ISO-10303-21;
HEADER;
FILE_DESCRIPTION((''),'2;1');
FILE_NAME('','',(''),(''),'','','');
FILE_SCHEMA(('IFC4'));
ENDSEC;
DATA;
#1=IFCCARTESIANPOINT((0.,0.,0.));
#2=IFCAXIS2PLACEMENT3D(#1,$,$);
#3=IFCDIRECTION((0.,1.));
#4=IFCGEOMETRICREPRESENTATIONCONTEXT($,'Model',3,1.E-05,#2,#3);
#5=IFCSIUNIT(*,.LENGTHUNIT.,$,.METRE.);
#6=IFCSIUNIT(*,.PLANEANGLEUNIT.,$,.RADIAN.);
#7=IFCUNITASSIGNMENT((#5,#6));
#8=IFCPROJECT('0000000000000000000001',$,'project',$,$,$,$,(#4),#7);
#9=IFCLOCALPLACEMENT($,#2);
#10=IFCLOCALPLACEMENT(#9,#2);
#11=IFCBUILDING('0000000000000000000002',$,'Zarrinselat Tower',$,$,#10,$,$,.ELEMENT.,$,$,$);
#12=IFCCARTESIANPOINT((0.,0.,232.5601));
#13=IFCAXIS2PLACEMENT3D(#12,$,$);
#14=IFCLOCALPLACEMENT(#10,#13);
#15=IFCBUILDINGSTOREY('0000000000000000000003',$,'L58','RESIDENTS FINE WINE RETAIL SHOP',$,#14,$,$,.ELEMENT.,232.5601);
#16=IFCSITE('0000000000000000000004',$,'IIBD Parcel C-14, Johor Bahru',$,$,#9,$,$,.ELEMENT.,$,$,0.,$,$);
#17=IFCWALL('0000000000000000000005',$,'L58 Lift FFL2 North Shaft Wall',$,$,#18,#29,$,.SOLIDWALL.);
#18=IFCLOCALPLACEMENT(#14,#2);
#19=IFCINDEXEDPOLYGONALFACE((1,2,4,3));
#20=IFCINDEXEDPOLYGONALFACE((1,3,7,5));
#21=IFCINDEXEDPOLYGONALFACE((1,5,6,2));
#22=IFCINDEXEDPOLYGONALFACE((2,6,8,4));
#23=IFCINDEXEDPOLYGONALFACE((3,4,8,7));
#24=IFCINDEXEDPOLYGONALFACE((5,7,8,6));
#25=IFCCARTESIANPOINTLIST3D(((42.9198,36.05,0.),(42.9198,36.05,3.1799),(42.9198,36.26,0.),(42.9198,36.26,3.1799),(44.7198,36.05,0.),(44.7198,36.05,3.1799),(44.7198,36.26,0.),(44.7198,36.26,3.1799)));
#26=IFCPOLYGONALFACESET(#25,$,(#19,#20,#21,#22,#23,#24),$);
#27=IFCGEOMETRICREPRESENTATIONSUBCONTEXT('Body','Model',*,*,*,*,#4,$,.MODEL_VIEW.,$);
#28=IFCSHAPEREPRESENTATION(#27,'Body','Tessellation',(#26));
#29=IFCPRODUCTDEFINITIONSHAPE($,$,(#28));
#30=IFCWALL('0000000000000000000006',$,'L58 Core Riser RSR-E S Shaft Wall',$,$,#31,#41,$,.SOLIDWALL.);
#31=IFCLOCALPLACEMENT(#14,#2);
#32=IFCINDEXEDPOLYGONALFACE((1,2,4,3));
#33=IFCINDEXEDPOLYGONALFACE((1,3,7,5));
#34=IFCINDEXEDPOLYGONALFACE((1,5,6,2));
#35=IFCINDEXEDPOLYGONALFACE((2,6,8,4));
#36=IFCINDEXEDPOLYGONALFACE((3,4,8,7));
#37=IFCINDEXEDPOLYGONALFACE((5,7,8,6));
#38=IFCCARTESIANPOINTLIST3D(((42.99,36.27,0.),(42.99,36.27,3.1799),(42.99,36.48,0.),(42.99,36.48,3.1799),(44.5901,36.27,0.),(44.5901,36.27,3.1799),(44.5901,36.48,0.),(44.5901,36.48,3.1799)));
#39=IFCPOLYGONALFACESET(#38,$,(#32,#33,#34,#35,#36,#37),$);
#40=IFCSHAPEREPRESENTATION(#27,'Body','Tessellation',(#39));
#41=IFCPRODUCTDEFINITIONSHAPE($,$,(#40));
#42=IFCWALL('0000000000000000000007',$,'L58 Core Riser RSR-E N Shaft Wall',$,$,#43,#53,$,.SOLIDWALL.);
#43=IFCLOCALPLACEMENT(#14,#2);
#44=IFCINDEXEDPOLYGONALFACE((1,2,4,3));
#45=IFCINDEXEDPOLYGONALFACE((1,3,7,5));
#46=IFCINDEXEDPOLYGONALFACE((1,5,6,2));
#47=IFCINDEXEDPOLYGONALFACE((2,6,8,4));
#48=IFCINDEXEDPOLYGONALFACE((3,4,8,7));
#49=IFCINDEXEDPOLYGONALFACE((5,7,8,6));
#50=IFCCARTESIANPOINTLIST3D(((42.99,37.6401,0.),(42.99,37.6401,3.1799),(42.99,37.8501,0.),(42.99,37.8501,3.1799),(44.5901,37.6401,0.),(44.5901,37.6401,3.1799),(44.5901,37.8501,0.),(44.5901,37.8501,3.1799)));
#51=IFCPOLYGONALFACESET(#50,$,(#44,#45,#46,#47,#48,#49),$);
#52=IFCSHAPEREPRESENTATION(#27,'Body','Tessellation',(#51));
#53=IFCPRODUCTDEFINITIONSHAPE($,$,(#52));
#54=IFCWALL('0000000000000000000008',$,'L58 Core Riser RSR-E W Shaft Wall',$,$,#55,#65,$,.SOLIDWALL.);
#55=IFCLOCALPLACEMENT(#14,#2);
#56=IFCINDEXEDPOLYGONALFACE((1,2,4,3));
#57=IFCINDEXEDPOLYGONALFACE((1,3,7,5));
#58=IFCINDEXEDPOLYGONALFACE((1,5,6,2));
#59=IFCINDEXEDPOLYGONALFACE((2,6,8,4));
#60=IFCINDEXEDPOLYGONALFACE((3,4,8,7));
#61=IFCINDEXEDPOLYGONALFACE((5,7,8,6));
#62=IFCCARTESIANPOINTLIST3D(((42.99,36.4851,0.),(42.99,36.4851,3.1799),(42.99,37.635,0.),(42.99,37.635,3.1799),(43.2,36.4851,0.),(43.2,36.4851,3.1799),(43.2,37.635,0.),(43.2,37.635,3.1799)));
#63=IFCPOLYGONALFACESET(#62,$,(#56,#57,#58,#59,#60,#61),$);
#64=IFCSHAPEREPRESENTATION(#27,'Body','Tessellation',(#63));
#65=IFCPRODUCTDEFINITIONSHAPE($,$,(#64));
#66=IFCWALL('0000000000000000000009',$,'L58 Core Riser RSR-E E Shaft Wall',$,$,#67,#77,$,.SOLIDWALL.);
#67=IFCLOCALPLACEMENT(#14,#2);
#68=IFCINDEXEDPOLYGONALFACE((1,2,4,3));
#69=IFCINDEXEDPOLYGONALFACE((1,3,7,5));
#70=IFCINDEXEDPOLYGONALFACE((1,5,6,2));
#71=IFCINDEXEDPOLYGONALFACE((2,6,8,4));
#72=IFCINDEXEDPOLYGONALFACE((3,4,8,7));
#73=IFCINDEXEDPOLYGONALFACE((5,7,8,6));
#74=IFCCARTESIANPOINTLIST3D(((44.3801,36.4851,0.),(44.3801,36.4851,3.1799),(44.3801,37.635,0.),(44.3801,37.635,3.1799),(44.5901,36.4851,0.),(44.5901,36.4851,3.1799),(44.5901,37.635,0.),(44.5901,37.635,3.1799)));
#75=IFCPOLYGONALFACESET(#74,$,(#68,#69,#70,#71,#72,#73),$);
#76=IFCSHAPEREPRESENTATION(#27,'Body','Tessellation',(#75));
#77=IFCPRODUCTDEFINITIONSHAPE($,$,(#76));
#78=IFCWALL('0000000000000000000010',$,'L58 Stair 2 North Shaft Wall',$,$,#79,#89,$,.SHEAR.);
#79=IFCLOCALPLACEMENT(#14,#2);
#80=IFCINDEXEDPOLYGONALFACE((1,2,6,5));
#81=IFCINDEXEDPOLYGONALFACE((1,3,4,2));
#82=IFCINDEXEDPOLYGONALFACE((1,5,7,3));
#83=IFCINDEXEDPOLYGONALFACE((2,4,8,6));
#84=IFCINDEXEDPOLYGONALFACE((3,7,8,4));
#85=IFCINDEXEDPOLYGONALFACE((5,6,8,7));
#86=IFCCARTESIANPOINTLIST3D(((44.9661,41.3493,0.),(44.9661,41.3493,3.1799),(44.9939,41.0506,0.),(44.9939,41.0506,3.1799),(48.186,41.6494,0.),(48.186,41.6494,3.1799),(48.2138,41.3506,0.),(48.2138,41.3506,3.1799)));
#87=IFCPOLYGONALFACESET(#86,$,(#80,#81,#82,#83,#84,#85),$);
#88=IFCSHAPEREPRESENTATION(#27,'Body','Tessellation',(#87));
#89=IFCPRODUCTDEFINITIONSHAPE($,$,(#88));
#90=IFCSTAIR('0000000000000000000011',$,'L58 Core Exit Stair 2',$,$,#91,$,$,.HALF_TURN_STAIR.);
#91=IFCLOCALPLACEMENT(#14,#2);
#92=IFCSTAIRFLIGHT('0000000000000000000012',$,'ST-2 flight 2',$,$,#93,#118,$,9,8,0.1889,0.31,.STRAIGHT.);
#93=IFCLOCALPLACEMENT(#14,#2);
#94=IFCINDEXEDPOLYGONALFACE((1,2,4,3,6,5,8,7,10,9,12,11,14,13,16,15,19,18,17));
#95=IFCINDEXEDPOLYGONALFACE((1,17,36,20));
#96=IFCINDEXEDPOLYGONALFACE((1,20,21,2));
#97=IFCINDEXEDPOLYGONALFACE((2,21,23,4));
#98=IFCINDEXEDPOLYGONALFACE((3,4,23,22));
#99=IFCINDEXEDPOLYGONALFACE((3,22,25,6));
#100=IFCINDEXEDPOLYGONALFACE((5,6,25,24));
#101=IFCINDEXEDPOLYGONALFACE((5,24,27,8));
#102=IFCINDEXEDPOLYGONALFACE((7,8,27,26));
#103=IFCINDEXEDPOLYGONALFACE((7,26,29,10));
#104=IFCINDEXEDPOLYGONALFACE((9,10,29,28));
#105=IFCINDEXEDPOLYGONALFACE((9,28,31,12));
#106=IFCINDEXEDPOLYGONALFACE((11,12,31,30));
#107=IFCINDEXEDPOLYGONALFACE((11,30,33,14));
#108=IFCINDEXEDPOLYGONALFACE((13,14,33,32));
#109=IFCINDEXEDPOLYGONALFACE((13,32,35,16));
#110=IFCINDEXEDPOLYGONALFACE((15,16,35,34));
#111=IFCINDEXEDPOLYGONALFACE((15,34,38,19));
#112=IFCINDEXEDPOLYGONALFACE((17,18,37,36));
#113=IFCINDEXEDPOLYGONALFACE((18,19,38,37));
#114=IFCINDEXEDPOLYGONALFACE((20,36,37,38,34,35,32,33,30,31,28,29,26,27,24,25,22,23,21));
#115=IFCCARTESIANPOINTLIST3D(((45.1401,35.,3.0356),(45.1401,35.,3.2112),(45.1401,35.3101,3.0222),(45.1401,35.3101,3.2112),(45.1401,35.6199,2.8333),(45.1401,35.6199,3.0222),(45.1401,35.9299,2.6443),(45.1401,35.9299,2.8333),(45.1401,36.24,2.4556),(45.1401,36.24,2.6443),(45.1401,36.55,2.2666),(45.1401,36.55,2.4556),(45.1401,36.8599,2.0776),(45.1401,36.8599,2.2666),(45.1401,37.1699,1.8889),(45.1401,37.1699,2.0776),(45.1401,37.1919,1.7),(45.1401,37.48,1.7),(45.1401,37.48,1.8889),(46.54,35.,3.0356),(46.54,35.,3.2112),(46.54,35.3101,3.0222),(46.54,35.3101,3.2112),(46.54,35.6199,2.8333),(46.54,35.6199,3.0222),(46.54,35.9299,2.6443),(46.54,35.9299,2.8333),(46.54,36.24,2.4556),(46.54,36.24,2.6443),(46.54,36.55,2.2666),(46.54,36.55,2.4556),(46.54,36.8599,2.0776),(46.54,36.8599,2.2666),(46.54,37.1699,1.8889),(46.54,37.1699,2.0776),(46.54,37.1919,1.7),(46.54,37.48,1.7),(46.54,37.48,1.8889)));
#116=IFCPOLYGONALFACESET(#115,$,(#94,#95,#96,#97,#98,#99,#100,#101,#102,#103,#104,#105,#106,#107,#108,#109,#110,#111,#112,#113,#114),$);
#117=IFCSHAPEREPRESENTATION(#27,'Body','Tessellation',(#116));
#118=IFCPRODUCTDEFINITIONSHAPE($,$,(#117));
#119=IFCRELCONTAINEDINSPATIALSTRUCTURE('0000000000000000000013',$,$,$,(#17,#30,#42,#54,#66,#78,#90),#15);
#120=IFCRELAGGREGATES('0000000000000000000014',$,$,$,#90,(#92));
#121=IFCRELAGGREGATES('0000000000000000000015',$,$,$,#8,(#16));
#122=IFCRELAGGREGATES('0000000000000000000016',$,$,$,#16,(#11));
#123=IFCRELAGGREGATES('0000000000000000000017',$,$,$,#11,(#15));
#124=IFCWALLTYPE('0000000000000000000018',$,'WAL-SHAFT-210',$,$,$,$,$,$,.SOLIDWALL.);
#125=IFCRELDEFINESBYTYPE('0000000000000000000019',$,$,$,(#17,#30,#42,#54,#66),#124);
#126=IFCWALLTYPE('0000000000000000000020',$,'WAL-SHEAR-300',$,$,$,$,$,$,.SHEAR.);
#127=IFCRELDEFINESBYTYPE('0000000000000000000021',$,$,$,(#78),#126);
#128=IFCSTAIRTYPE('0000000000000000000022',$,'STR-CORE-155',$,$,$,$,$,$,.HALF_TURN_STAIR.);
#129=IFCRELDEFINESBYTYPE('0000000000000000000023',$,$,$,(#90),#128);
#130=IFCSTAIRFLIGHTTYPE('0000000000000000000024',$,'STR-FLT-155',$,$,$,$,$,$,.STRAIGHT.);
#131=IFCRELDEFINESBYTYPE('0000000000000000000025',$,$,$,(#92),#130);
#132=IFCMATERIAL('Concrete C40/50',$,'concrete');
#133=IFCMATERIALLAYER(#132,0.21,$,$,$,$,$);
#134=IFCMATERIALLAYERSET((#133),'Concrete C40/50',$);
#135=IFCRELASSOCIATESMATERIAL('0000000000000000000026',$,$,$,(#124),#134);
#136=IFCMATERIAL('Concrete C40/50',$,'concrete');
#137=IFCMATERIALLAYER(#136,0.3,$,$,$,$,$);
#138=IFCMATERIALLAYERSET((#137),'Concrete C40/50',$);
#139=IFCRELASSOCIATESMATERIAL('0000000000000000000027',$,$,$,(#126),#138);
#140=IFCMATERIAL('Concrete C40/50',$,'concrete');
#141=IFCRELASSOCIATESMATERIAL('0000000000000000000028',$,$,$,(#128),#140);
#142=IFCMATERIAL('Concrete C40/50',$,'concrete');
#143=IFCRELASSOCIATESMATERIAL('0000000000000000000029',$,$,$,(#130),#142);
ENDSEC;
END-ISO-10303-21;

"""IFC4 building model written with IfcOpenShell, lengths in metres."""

from ifc_helpers import new_model, si_unit, direction, frame, frame_2d, origin, place, context, subcontext, project, spatial, polyline, rectangle, outline, extrude, material, layer, layer_set, type_object, element, aggregate, save


model = new_model("IFC4")

# Units and contexts
model_context = context("Model", 3, precision=1e-05, world=origin(), true_north=direction((0.0, 1.0)))
body_context = subcontext(model_context, "Body", "Model", "MODEL_VIEW")
ifc_project = project(units=[si_unit("LENGTHUNIT", "METRE"), si_unit("PLANEANGLEUNIT", "RADIAN")], contexts=[model_context])

# Site, building, storey
site_placement = place(None, origin())
site = spatial("IfcSite", under=ifc_project, at=site_placement, Name="IIBD Parcel C-14, Johor Bahru", CompositionType="ELEMENT", RefElevation=0.0)
building_placement = place(site_placement, origin())
building = spatial("IfcBuilding", under=site, at=building_placement, Name="Zarrinselat Tower", CompositionType="ELEMENT")
storey_placement = place(building_placement, frame((0.0, 0.0, 232.5601)))
storey = spatial("IfcBuildingStorey", under=building, at=storey_placement, Name="L58", Description="RESIDENTS FINE WINE RETAIL SHOP", CompositionType="ELEMENT", Elevation=232.5601)

# Walls
ifc_material_1 = material(Name="Concrete C40/50", Category="concrete")
ifc_layer_1 = layer(ifc_material_1, 0.21)
ifc_layer_set_1 = layer_set([ifc_layer_1], Name="Concrete C40/50")
wall_type_1 = type_object("IfcWallType", Name="WAL-SHAFT-210", PredefinedType="SOLIDWALL", material=ifc_layer_set_1)
wall_1_placement = place(storey_placement, frame((42.9199, 36.155, 0.0), z_axis=(0.0, 0.0, 1.0), x_axis=(1.0, 0.0, 0.0)))
element("IfcWall", 1, at=wall_1_placement, inside=storey, type_object=wall_type_1, Name="L58 Lift FFL2 North Shaft Wall", PredefinedType="SOLIDWALL", context=body_context, shape_type="SweptSolid", body=[
    extrude(rectangle(XDim=1.8, YDim=0.21, at=frame_2d((0.8999, 0.0))), origin(), (0.0, 0.0, 1.0), 3.1799),
])
for number, where, z_axis, x_axis, name in (
    (2, (42.99, 36.375, 0.0), (0.0, 0.0, 1.0), (1.0, 0.0, 0.0), "L58 Core Riser RSR-E S Shaft Wall"),
    (3, (42.99, 37.7451, 0.0), (0.0, 0.0, 1.0), (1.0, 0.0, 0.0), "L58 Core Riser RSR-E N Shaft Wall"),
):
    element("IfcWall", number, at=place(storey_placement, frame(where, z_axis=z_axis, x_axis=x_axis)), inside=storey, type_object=wall_type_1, Name=name, PredefinedType="SOLIDWALL", context=body_context, shape_type="SweptSolid", body=[
        extrude(rectangle(XDim=1.6001, YDim=0.21, at=frame_2d((0.8, 0.0))), origin(), (0.0, 0.0, 1.0), 3.1799),
    ])
for number, where, z_axis, x_axis, name in (
    (4, (43.095, 36.4851, 0.0), (0.0, 0.0, 1.0), (0.0, 1.0, 0.0), "L58 Core Riser RSR-E W Shaft Wall"),
    (5, (44.4851, 36.4851, 0.0), (0.0, 0.0, 1.0), (0.0, 1.0, 0.0), "L58 Core Riser RSR-E E Shaft Wall"),
):
    element("IfcWall", number, at=place(storey_placement, frame(where, z_axis=z_axis, x_axis=x_axis)), inside=storey, type_object=wall_type_1, Name=name, PredefinedType="SOLIDWALL", context=body_context, shape_type="SweptSolid", body=[
        extrude(rectangle(XDim=1.1499, YDim=0.21, at=frame_2d((0.575, 0.0))), origin(), (0.0, 0.0, 1.0), 3.1799),
    ])
ifc_material_2 = material(Name="Concrete C40/50", Category="concrete")
ifc_layer_2 = layer(ifc_material_2, 0.3)
ifc_layer_set_2 = layer_set([ifc_layer_2], Name="Concrete C40/50")
wall_type_2 = type_object("IfcWallType", Name="WAL-SHEAR-300", PredefinedType="SHEAR", material=ifc_layer_set_2)
wall_2_placement = place(storey_placement, frame((44.98, 41.2, 0.0), z_axis=(0.0, 0.0, 1.0), x_axis=(0.995686, 0.092782, 0.0)))
element("IfcWall", 6, at=wall_2_placement, inside=storey, type_object=wall_type_2, Name="L58 Stair 2 North Shaft Wall", PredefinedType="SHEAR", context=body_context, shape_type="SweptSolid", body=[
    extrude(rectangle(XDim=3.2339, YDim=0.3, at=frame_2d((1.6169, 0.0))), origin(), (0.0, 0.0, 1.0), 3.1799),
])

# Stair, stair flight
ifc_material_3 = material(Name="Concrete C40/50", Category="concrete")
stair_type = type_object("IfcStairType", Name="STR-CORE-155", PredefinedType="HALF_TURN_STAIR", material=ifc_material_3)
stair_placement = place(storey_placement, origin())
stair = element("IfcStair", 7, at=stair_placement, inside=storey, type_object=stair_type, Name="L58 Core Exit Stair 2", PredefinedType="HALF_TURN_STAIR")
ifc_material_4 = material(Name="Concrete C40/50", Category="concrete")
stair_flight_type = type_object("IfcStairFlightType", Name="STR-FLT-155", PredefinedType="STRAIGHT", material=ifc_material_4)
stair_flight_placement = place(storey_placement, frame((45.8401, 37.48, 1.7), z_axis=(0.0, 0.0, 1.0), x_axis=(0.0, -1.0, 0.0)))
stair_flight = element("IfcStairFlight", 8, at=stair_flight_placement, type_object=stair_flight_type, Name="ST-2 flight 2", NumberOfRisers=9, NumberOfTreads=8, PredefinedType="STRAIGHT", RiserHeight=0.1889, TreadLength=0.31, context=body_context, shape_type="SweptSolid", body=[
    extrude(outline(polyline([(0.0, 0.0), (0.0, 0.189), (0.3101, 0.189), (0.3101, 0.3777), (0.6201, 0.3777), (0.6201, 0.5667), (0.9299, 0.5667), (0.9299, 0.7556), (1.24, 0.7556), (1.24, 0.9443), (1.55, 0.9443), (1.55, 1.1333), (1.8601, 1.1333), (1.8601, 1.3223), (2.1699, 1.3223), (2.1699, 1.5112), (2.48, 1.5112), (2.48, 1.7), (2.48, 1.3357), (0.2881, 0.0), (0.0, 0.0)])), frame((0.0, 0.7, 0.0), z_axis=(0.0, -1.0, 0.0), x_axis=(1.0, 0.0, 0.0)), (0.0, 0.0, 1.0), 1.3999),
])
aggregate(stair, [stair_flight])

save(model, "model.ifc")
